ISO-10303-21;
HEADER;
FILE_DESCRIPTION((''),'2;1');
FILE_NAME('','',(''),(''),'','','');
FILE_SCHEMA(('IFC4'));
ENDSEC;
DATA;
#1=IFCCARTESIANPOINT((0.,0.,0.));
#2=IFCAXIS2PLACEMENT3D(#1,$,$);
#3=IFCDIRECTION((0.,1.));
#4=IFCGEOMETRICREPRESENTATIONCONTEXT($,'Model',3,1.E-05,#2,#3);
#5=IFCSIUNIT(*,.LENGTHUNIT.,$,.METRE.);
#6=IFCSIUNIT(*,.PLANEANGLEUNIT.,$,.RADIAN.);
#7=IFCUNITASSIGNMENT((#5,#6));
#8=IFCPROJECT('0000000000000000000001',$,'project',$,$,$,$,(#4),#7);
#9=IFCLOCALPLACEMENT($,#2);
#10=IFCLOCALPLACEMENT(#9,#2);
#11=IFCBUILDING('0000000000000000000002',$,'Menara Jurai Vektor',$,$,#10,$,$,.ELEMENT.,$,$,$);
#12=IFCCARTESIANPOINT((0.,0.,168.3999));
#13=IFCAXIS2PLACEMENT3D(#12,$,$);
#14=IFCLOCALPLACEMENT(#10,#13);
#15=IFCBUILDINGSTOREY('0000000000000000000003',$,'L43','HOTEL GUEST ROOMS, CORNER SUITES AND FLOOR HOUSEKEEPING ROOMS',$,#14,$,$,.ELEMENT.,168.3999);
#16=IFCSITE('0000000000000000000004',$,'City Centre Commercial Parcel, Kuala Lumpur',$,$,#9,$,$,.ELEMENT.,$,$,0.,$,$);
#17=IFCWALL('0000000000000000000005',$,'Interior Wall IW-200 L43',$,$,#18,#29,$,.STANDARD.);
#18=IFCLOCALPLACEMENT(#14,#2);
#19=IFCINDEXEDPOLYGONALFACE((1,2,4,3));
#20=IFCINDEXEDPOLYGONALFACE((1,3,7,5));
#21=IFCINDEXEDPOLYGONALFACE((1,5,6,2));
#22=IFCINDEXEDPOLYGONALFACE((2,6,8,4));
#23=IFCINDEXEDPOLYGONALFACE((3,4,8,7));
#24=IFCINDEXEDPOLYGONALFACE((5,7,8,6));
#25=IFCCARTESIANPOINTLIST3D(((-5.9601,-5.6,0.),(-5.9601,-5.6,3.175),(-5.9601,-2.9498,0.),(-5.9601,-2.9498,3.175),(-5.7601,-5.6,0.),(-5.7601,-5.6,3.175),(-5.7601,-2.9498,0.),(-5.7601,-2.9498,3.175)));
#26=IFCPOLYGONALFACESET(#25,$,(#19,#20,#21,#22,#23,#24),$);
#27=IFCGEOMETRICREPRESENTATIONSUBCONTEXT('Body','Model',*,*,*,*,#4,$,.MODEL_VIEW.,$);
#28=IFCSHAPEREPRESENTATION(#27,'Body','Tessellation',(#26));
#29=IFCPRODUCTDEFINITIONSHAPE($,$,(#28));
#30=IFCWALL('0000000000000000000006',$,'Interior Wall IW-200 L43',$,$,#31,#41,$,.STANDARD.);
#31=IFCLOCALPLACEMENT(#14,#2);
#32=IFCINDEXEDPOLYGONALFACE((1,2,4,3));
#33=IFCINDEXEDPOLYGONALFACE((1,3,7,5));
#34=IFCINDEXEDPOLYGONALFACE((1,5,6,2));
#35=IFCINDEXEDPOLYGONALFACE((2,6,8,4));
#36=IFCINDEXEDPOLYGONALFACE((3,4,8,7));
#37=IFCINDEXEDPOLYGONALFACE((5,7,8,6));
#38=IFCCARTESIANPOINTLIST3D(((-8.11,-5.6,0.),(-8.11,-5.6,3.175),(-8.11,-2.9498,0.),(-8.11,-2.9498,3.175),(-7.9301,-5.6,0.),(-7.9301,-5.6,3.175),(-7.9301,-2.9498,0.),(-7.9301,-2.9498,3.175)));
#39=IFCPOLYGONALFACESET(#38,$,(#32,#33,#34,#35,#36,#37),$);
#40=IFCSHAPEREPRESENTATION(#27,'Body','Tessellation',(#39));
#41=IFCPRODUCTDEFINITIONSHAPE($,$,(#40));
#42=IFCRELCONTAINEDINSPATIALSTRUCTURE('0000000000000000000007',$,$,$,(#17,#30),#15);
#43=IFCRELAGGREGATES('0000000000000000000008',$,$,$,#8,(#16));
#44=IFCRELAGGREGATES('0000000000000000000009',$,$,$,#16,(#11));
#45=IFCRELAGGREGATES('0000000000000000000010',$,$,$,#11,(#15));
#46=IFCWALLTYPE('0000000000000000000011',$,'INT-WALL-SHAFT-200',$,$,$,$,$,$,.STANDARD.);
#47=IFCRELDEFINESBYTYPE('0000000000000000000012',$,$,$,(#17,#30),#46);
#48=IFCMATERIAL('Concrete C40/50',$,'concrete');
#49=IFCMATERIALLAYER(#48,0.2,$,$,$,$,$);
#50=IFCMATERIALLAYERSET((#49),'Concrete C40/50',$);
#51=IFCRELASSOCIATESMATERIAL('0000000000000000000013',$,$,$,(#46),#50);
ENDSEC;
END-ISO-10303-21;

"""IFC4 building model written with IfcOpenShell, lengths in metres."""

from ifc_helpers import new_model, si_unit, direction, frame, frame_2d, origin, place, context, subcontext, project, spatial, rectangle, extrude, material, layer, layer_set, type_object, element, save


model = new_model("IFC4")

# Units and contexts
model_context = context("Model", 3, precision=1e-05, world=origin(), true_north=direction((0.0, 1.0)))
body_context = subcontext(model_context, "Body", "Model", "MODEL_VIEW")
ifc_project = project(units=[si_unit("LENGTHUNIT", "METRE"), si_unit("PLANEANGLEUNIT", "RADIAN")], contexts=[model_context])

# Site, building, storey
site_placement = place(None, origin())
site = spatial("IfcSite", under=ifc_project, at=site_placement, Name="City Centre Commercial Parcel, Kuala Lumpur", CompositionType="ELEMENT", RefElevation=0.0)
building_placement = place(site_placement, origin())
building = spatial("IfcBuilding", under=site, at=building_placement, Name="Menara Jurai Vektor", CompositionType="ELEMENT")
storey_placement = place(building_placement, frame((0.0, 0.0, 168.3999)))
storey = spatial("IfcBuildingStorey", under=building, at=storey_placement, Name="L43", Description="HOTEL GUEST ROOMS, CORNER SUITES AND FLOOR HOUSEKEEPING ROOMS", CompositionType="ELEMENT", Elevation=168.3999)

# Walls
ifc_material_1 = material(Name="Concrete C40/50", Category="concrete")
ifc_layer_1 = layer(ifc_material_1, 0.2)
ifc_layer_set_1 = layer_set([ifc_layer_1], Name="Concrete C40/50")
wall_type_1 = type_object("IfcWallType", Name="INT-WALL-SHAFT-200", PredefinedType="STANDARD", material=ifc_layer_set_1)
wall_1_placement = place(storey_placement, frame((-5.8601, -5.6001, 0.0), z_axis=(0.0, 0.0, 1.0), x_axis=(0.0, 1.0, 0.0)))
element("IfcWall", 1, at=wall_1_placement, inside=storey, type_object=wall_type_1, Name="Interior Wall IW-200 L43", PredefinedType="STANDARD", context=body_context, shape_type="SweptSolid", body=[
    extrude(rectangle(XDim=2.6501, YDim=0.2, at=frame_2d((1.3252, 0.0))), origin(), (0.0, 0.0, 1.0), 3.175),
])
wall_2_placement = place(storey_placement, frame((-8.02, -5.6001, 0.0), z_axis=(0.0, 0.0, 1.0), x_axis=(0.0, 1.0, 0.0)))
element("IfcWall", 2, at=wall_2_placement, inside=storey, type_object=wall_type_1, Name="Interior Wall IW-200 L43", PredefinedType="STANDARD", context=body_context, shape_type="SweptSolid", body=[
    extrude(rectangle(XDim=2.6501, YDim=0.1799, at=frame_2d((1.3252, 0.0))), origin(), (0.0, 0.0, 1.0), 3.175),
])

save(model, "model.ifc")
